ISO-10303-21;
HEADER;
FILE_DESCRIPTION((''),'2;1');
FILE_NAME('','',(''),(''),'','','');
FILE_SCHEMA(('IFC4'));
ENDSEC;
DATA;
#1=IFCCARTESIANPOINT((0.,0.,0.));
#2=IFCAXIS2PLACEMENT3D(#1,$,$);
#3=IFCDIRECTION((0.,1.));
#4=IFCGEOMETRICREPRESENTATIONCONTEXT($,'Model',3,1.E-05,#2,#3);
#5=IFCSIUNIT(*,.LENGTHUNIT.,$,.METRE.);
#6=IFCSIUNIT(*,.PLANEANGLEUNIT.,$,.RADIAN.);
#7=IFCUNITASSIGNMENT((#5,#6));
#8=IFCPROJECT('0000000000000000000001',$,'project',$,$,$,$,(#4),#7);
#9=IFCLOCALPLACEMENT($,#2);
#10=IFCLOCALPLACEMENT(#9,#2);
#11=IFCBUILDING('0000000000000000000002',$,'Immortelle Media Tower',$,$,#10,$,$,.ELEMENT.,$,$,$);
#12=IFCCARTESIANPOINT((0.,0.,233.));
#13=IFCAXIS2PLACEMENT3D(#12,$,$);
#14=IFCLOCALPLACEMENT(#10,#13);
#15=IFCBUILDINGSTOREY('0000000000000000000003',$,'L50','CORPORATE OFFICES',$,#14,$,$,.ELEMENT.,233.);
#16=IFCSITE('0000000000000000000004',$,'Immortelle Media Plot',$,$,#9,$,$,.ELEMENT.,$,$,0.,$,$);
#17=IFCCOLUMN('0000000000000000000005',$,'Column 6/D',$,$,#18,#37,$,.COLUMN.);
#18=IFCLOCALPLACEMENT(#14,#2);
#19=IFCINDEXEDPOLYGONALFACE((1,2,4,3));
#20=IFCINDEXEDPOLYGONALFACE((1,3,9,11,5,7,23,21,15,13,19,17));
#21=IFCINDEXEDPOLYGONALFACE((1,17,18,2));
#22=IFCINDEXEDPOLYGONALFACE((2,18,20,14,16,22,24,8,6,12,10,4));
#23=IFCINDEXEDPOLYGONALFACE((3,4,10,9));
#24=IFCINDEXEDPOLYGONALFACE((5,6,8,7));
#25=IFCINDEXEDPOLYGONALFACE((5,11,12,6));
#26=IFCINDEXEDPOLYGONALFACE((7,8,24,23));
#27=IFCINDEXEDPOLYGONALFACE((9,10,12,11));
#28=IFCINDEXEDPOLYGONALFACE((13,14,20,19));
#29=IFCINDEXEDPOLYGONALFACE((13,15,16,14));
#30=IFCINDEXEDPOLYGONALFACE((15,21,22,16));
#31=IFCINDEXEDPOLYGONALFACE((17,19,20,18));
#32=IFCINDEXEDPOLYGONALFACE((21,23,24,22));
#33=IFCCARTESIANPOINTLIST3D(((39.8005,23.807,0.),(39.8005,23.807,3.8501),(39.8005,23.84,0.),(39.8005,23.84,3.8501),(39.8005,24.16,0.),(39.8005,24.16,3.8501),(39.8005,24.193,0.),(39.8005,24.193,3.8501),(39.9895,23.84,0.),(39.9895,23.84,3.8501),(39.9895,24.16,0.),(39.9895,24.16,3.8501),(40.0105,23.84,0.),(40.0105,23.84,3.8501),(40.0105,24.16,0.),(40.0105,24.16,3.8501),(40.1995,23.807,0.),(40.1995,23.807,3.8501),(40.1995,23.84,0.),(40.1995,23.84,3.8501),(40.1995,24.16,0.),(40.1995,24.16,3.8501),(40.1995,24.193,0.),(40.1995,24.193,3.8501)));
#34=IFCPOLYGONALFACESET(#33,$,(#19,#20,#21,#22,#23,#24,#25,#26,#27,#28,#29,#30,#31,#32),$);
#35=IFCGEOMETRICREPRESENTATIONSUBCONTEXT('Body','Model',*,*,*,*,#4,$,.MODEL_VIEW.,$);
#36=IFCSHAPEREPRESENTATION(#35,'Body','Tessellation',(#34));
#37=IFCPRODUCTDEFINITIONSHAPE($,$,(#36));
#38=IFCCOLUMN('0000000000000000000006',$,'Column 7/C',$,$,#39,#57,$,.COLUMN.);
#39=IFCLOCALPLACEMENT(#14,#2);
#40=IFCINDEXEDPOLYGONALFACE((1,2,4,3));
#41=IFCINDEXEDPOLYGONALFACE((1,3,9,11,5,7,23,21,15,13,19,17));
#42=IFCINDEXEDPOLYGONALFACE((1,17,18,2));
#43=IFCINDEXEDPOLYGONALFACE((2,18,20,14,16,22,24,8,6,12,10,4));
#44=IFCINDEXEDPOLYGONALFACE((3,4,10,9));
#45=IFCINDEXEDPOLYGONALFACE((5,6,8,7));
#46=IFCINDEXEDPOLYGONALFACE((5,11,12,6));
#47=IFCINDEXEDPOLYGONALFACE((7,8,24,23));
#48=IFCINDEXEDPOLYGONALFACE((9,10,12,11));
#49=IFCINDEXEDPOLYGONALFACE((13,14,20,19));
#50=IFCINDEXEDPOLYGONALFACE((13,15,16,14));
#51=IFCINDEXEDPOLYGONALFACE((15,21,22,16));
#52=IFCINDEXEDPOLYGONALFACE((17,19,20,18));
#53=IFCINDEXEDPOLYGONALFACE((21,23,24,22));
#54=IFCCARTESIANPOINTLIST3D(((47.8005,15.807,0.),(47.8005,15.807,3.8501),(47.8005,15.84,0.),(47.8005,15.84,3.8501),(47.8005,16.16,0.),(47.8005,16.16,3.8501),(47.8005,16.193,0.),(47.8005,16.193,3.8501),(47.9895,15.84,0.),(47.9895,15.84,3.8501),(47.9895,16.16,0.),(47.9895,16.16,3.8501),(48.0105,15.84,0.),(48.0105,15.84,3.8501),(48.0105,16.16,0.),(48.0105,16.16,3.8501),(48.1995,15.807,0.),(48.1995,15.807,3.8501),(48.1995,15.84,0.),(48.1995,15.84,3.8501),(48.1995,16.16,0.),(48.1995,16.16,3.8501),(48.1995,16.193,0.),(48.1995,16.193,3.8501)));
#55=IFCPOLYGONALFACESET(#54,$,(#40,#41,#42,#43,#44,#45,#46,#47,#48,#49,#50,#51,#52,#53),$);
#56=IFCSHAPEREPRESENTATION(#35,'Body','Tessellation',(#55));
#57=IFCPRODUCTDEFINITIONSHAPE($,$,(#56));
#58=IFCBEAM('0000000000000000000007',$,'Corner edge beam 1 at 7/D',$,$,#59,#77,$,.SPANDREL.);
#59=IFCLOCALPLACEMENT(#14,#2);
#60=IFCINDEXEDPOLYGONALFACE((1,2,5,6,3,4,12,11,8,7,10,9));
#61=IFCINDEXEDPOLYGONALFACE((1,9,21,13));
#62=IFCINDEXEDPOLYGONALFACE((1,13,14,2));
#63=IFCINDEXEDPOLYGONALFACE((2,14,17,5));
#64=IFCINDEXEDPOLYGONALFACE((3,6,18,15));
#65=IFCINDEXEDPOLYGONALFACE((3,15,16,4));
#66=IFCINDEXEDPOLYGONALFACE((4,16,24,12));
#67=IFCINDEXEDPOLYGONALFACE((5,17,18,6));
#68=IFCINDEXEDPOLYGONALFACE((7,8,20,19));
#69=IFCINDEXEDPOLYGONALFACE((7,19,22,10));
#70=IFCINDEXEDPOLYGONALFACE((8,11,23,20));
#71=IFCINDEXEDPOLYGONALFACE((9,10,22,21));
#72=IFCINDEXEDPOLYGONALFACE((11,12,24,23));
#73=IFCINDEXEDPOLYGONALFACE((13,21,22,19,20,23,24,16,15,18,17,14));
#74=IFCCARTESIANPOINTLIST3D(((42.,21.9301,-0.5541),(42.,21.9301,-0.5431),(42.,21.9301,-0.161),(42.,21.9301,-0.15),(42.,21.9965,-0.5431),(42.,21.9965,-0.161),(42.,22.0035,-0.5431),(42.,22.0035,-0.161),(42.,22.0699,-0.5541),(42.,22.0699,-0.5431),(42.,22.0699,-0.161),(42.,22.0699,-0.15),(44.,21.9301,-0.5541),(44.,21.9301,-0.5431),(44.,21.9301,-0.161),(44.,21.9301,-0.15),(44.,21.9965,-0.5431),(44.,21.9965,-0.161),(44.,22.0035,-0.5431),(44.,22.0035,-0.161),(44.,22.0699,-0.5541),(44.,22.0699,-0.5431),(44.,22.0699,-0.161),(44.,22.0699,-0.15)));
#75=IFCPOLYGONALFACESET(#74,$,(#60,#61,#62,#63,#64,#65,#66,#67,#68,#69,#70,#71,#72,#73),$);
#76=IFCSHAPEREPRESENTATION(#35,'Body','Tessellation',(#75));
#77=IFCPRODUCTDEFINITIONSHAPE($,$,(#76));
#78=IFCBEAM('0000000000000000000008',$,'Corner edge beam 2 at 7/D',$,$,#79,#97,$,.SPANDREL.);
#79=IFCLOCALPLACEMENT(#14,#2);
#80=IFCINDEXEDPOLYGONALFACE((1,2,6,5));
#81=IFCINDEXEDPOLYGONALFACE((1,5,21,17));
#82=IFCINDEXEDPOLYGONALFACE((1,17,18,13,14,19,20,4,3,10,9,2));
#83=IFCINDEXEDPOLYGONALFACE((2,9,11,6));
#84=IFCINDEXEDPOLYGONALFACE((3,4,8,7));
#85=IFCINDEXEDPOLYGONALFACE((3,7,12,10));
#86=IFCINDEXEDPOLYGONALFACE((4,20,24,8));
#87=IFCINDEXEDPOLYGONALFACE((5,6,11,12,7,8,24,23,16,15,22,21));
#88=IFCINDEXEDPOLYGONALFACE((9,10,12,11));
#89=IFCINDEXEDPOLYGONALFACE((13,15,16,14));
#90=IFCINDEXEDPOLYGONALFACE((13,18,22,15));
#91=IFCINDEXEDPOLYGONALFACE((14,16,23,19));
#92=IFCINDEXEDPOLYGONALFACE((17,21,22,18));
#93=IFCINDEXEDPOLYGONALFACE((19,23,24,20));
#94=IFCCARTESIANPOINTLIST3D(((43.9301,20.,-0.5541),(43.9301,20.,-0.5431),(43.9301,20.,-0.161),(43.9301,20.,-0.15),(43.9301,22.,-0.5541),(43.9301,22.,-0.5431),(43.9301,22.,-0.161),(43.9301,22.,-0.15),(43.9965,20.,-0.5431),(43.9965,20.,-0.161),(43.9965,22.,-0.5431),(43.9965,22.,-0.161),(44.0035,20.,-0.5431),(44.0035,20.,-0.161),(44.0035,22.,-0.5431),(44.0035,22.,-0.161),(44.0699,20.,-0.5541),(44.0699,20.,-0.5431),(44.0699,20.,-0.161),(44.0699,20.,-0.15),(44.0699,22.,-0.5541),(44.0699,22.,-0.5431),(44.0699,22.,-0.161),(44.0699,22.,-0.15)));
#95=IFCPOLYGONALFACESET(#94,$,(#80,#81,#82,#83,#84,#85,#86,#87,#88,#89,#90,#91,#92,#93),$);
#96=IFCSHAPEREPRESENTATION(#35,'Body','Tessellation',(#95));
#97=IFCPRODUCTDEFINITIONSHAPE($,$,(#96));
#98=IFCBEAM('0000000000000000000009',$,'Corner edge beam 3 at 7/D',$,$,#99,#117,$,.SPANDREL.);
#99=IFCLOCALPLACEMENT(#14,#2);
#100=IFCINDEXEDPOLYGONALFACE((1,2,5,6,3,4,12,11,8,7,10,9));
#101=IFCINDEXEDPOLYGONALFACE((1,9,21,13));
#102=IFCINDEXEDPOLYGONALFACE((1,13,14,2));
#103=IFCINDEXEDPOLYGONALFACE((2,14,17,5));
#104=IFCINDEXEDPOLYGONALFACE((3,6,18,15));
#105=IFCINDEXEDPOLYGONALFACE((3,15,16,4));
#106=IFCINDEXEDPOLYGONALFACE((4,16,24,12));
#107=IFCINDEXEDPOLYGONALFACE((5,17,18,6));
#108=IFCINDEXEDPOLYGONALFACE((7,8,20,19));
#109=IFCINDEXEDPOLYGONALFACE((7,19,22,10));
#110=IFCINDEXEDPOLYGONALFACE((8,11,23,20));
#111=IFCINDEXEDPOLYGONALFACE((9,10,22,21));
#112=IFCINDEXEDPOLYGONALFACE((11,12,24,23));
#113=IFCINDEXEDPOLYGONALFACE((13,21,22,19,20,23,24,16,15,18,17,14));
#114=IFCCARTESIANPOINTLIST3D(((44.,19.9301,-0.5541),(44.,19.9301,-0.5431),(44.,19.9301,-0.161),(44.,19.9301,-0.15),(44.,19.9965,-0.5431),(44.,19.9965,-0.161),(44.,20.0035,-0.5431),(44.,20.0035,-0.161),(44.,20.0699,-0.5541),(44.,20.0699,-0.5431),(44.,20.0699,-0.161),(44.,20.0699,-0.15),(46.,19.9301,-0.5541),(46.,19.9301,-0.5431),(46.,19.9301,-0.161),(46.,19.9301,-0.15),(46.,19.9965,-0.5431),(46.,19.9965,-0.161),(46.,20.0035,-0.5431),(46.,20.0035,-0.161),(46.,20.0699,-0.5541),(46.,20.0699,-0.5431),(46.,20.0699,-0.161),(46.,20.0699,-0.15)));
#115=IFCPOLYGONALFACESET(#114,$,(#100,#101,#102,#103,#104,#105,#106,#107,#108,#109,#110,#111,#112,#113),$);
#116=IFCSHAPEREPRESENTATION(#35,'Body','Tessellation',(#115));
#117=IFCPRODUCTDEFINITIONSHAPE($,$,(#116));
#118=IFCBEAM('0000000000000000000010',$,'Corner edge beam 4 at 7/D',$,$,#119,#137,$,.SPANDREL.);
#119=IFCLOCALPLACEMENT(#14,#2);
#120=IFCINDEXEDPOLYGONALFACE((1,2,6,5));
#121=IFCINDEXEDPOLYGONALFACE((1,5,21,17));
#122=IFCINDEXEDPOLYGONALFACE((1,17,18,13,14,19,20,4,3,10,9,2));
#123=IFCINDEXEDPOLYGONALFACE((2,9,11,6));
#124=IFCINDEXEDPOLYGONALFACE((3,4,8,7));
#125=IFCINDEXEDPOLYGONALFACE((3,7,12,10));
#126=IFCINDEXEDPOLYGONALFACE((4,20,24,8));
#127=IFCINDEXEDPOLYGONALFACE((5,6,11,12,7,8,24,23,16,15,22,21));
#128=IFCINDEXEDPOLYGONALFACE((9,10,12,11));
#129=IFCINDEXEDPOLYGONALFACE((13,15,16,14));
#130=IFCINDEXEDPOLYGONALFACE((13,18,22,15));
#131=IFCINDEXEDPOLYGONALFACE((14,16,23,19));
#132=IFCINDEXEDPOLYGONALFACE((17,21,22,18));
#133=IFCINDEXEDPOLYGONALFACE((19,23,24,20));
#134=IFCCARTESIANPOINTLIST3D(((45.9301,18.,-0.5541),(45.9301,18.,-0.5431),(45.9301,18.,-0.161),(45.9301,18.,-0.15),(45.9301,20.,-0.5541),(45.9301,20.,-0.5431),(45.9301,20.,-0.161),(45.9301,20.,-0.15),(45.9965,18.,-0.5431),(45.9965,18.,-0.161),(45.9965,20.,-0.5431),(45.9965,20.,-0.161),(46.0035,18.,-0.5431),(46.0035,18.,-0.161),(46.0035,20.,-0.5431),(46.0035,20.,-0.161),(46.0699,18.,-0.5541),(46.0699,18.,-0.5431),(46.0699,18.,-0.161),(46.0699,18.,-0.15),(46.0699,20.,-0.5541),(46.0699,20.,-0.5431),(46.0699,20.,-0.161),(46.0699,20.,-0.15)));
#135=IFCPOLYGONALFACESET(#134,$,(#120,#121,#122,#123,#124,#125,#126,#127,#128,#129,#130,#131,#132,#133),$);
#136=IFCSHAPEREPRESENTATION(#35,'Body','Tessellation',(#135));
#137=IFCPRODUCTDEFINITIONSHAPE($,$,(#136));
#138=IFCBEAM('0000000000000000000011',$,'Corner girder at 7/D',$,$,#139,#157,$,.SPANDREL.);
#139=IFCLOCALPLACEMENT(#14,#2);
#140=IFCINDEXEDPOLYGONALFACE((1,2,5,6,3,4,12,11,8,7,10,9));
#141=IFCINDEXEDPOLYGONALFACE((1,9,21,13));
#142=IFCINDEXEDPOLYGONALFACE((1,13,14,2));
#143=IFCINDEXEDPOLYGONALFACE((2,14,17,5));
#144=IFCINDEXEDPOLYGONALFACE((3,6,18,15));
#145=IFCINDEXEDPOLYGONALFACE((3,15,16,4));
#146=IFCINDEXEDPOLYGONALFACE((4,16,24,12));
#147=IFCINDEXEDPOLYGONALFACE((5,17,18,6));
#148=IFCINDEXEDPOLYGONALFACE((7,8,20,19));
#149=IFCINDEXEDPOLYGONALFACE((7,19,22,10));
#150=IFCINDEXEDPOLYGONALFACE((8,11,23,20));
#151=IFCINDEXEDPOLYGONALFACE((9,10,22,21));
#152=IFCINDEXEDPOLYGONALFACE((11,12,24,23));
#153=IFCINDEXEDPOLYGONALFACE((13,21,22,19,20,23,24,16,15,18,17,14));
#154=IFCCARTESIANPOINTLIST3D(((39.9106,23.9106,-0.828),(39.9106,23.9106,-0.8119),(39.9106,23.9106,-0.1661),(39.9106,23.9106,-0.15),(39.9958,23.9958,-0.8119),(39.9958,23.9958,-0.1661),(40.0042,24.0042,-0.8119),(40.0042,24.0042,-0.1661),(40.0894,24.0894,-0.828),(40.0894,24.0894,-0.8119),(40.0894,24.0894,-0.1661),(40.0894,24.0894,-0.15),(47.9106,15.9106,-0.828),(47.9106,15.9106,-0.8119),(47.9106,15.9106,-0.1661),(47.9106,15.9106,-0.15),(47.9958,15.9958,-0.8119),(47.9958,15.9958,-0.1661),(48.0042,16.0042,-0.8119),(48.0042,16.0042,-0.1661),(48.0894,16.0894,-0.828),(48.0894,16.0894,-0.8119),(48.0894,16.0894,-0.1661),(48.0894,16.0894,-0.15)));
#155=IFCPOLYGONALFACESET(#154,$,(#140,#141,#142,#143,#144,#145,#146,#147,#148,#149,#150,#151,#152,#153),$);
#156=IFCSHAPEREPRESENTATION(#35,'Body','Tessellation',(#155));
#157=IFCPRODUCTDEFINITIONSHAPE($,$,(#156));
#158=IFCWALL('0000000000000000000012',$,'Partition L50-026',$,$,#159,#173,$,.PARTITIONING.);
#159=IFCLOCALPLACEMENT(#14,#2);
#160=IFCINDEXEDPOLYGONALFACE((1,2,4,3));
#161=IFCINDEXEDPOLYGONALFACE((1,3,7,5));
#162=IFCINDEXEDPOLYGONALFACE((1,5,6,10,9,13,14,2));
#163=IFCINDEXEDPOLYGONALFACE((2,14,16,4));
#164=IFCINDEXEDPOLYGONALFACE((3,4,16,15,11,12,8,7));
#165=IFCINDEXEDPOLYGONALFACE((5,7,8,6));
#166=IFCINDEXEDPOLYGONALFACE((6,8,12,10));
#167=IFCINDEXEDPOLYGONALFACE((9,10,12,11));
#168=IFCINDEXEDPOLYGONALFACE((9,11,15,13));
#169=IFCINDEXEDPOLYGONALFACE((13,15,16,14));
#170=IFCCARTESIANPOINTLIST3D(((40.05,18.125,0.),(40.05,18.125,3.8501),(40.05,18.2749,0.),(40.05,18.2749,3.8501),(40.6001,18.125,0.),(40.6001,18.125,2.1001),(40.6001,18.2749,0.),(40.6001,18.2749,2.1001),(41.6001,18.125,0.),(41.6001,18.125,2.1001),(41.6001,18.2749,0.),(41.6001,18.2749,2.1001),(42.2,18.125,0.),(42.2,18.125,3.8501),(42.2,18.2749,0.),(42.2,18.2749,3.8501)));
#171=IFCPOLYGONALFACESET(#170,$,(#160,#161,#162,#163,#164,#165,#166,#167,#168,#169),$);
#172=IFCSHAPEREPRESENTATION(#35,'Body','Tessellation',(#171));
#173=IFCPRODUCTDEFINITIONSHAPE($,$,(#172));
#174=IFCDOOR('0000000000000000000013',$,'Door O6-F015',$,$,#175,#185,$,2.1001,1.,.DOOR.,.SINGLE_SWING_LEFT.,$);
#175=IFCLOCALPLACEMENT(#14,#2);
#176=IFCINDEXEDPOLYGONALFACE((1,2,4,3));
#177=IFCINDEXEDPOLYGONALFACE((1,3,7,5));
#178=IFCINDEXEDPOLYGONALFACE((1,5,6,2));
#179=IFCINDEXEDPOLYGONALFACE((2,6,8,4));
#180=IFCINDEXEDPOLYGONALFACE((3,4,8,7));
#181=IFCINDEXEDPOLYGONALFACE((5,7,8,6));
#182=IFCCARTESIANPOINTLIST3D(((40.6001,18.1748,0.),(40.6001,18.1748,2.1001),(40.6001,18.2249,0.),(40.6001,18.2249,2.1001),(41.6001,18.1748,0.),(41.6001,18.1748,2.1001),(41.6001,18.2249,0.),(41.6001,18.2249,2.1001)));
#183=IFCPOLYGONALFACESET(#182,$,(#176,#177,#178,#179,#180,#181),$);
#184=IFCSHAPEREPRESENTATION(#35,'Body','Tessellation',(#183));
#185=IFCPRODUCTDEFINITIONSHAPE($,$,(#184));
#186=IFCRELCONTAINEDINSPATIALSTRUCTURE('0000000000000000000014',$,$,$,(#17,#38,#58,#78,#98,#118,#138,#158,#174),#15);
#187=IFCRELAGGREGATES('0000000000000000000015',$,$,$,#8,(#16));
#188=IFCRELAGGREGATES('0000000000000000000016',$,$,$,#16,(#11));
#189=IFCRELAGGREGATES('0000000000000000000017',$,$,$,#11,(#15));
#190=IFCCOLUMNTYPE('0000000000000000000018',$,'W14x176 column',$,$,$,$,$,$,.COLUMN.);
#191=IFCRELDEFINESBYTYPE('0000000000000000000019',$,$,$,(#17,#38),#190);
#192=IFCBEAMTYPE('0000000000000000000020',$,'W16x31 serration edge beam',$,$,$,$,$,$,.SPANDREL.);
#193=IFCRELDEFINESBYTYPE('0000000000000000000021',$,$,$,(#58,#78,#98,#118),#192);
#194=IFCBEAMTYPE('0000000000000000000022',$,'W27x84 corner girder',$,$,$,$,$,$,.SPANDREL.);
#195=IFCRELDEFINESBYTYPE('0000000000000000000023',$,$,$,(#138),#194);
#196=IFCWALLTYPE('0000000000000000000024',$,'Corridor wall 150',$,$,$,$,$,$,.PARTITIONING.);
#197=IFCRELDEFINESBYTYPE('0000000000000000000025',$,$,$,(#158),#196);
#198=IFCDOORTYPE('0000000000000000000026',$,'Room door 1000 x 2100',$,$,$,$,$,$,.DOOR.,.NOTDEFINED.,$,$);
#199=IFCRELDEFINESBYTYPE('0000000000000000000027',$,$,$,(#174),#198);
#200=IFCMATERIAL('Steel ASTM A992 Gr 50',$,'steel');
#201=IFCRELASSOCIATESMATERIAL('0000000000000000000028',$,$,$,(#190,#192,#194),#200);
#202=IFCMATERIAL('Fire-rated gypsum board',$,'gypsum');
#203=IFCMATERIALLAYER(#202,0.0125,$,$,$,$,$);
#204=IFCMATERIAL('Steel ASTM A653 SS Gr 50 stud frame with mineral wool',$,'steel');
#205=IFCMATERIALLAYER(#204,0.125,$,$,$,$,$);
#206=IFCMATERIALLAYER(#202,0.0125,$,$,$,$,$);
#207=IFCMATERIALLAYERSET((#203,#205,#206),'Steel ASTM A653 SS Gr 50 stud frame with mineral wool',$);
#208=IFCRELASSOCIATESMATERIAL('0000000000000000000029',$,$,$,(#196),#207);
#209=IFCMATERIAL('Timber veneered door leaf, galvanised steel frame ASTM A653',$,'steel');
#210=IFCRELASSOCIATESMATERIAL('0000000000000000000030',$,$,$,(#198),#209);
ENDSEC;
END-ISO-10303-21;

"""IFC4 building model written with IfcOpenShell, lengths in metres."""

from ifc_helpers import new_model, si_unit, direction, frame, frame_2d, origin, origin_2d, place, context, subcontext, project, spatial, rectangle, i_section, extrude, material, layer, layer_set, material_profile, profile_set, type_object, element, fill, save


model = new_model("IFC4")

# Units and contexts
model_context = context("Model", 3, precision=1e-05, world=origin(), true_north=direction((0.0, 1.0)))
body_context = subcontext(model_context, "Body", "Model", "MODEL_VIEW")
ifc_project = project(units=[si_unit("LENGTHUNIT", "METRE"), si_unit("PLANEANGLEUNIT", "RADIAN")], contexts=[model_context])

# Site, building, storey
site_placement = place(None, origin())
site = spatial("IfcSite", under=ifc_project, at=site_placement, Name="Immortelle Media Plot", CompositionType="ELEMENT", RefElevation=0.0)
building_placement = place(site_placement, origin())
building = spatial("IfcBuilding", under=site, at=building_placement, Name="Immortelle Media Tower", CompositionType="ELEMENT")
storey_placement = place(building_placement, frame((0.0, 0.0, 233.0)))
storey = spatial("IfcBuildingStorey", under=building, at=storey_placement, Name="L50", Description="CORPORATE OFFICES", CompositionType="ELEMENT", Elevation=233.0)

# Columns
ifc_material_1 = material(Name="Steel ASTM A992 Gr 50", Category="steel")
ifc_material_profile_1 = material_profile(ifc_material_1, i_section(OverallWidth=0.3989, OverallDepth=0.386, WebThickness=0.021, FlangeThickness=0.033, at=origin_2d()), Name="W14x176")
ifc_profile_set_1 = profile_set([ifc_material_profile_1], Name="Steel ASTM A992 Gr 50")
column_type = type_object("IfcColumnType", Name="W14x176 column", PredefinedType="COLUMN", material=ifc_profile_set_1)
for number, where, z_axis, x_axis, name in (
    (1, (40.0, 24.0, 0.0), (0.0, 0.0, 1.0), (1.0, 0.0, 0.0), "Column 6/D"),
    (2, (48.0, 16.0, 0.0), (0.0, 0.0, 1.0), (1.0, 0.0, 0.0), "Column 7/C"),
):
    element("IfcColumn", number, at=place(storey_placement, frame(where, z_axis=z_axis, x_axis=x_axis)), inside=storey, type_object=column_type, Name=name, PredefinedType="COLUMN", context=body_context, shape_type="SweptSolid", body=[
        extrude(i_section(OverallWidth=0.3989, OverallDepth=0.386, WebThickness=0.021, FlangeThickness=0.033, at=origin_2d()), origin(), (0.0, 0.0, 1.0), 3.8501),
    ])

# Beams
ifc_material_profile_2 = material_profile(ifc_material_1, i_section(OverallWidth=0.1399, OverallDepth=0.4041, WebThickness=0.0071, FlangeThickness=0.011, at=origin_2d()), Name="W16x31")
ifc_profile_set_2 = profile_set([ifc_material_profile_2], Name="Steel ASTM A992 Gr 50")
beam_type_1 = type_object("IfcBeamType", Name="W16x31 serration edge beam", PredefinedType="SPANDREL", material=ifc_profile_set_2)
for number, where, z_axis, x_axis, name in (
    (3, (42.0, 22.0, -0.3521), (1.0, 0.0, 0.0), (0.0, 1.0, 0.0), "Corner edge beam 1 at 7/D"),
    (4, (44.0, 22.0, -0.3521), (0.0, -1.0, 0.0), (1.0, 0.0, 0.0), "Corner edge beam 2 at 7/D"),
    (5, (44.0, 20.0, -0.3521), (1.0, 0.0, 0.0), (0.0, 1.0, 0.0), "Corner edge beam 3 at 7/D"),
    (6, (46.0, 20.0, -0.3521), (0.0, -1.0, 0.0), (1.0, 0.0, 0.0), "Corner edge beam 4 at 7/D"),
):
    element("IfcBeam", number, at=place(storey_placement, frame(where, z_axis=z_axis, x_axis=x_axis)), inside=storey, type_object=beam_type_1, Name=name, PredefinedType="SPANDREL", context=body_context, shape_type="SweptSolid", body=[
        extrude(i_section(OverallWidth=0.1399, OverallDepth=0.4041, WebThickness=0.0071, FlangeThickness=0.011, at=origin_2d()), origin(), (0.0, 0.0, 1.0), 2.0),
    ])
ifc_material_profile_3 = material_profile(ifc_material_1, i_section(OverallWidth=0.2529, OverallDepth=0.678, WebThickness=0.012, FlangeThickness=0.0161, at=origin_2d()), Name="W27x84")
ifc_profile_set_3 = profile_set([ifc_material_profile_3], Name="Steel ASTM A992 Gr 50")
beam_type_2 = type_object("IfcBeamType", Name="W27x84 corner girder", PredefinedType="SPANDREL", material=ifc_profile_set_3)
beam_placement = place(storey_placement, frame((40.0, 24.0, -0.489), z_axis=(0.707107, -0.707107, 0.0), x_axis=(0.707107, 0.707107, 0.0)))
element("IfcBeam", 7, at=beam_placement, inside=storey, type_object=beam_type_2, Name="Corner girder at 7/D", PredefinedType="SPANDREL", context=body_context, shape_type="SweptSolid", body=[
    extrude(i_section(OverallWidth=0.2529, OverallDepth=0.678, WebThickness=0.012, FlangeThickness=0.0161, at=origin_2d()), origin(), (0.0, 0.0, 1.0), 11.3137),
])

# Wall, opening, door
ifc_material_2 = material(Name="Fire-rated gypsum board", Category="gypsum")
ifc_layer_1 = layer(ifc_material_2, 0.0125)
ifc_material_3 = material(Name="Steel ASTM A653 SS Gr 50 stud frame with mineral wool", Category="steel")
ifc_layer_2 = layer(ifc_material_3, 0.125)
ifc_layer_3 = layer(ifc_material_2, 0.0125)
ifc_layer_set_1 = layer_set([ifc_layer_1, ifc_layer_2, ifc_layer_3], Name="Steel ASTM A653 SS Gr 50 stud frame with mineral wool")
wall_type_1 = type_object("IfcWallType", Name="Corridor wall 150", PredefinedType="PARTITIONING", material=ifc_layer_set_1)
wall_1_placement = place(storey_placement, frame((40.05, 18.2, 0.0), z_axis=(0.0, 0.0, 1.0), x_axis=(1.0, 0.0, 0.0)))
wall_1 = element("IfcWall", 8, at=wall_1_placement, inside=storey, type_object=wall_type_1, Name="Partition L50-026", PredefinedType="PARTITIONING", context=body_context, shape_type="SweptSolid", body=[
    extrude(rectangle(XDim=2.1499, YDim=0.1499, at=frame_2d((1.075, 0.0))), origin(), (0.0, 0.0, 1.0), 3.8501),
])
opening_placement = place(wall_1_placement, frame((0.55, 0.0, 0.0)))
opening = element("IfcOpeningElement", 9, at=opening_placement, cuts=wall_1, PredefinedType="OPENING", context=body_context, shape_type="SweptSolid", body=[
    extrude(rectangle(XDim=1.0, YDim=2.1001, at=frame_2d((0.5, 1.05))), frame((0.0, 0.085, 0.0), z_axis=(0.0, -1.0, 0.0), x_axis=(1.0, 0.0, 0.0)), (0.0, 0.0, 1.0), 0.1699),
])
ifc_material_4 = material(Name="Timber veneered door leaf, galvanised steel frame ASTM A653", Category="steel")
door_type = type_object("IfcDoorType", Name="Room door 1000 x 2100", OperationType="NOTDEFINED", PredefinedType="DOOR", material=ifc_material_4)
door_placement = place(opening_placement, origin())
door = element("IfcDoor", 10, at=door_placement, inside=storey, type_object=door_type, Name="Door O6-F015", OperationType="SINGLE_SWING_LEFT", OverallHeight=2.1001, OverallWidth=1.0, PredefinedType="DOOR", context=body_context, shape_type="SweptSolid", body=[
    extrude(rectangle(XDim=1.0, YDim=2.1001, at=frame_2d((0.5, 1.05))), frame((0.0, 0.0249, 0.0), z_axis=(0.0, -1.0, 0.0), x_axis=(1.0, 0.0, 0.0)), (0.0, 0.0, 1.0), 0.05),
])
fill(opening, door)

save(model, "model.ifc")
